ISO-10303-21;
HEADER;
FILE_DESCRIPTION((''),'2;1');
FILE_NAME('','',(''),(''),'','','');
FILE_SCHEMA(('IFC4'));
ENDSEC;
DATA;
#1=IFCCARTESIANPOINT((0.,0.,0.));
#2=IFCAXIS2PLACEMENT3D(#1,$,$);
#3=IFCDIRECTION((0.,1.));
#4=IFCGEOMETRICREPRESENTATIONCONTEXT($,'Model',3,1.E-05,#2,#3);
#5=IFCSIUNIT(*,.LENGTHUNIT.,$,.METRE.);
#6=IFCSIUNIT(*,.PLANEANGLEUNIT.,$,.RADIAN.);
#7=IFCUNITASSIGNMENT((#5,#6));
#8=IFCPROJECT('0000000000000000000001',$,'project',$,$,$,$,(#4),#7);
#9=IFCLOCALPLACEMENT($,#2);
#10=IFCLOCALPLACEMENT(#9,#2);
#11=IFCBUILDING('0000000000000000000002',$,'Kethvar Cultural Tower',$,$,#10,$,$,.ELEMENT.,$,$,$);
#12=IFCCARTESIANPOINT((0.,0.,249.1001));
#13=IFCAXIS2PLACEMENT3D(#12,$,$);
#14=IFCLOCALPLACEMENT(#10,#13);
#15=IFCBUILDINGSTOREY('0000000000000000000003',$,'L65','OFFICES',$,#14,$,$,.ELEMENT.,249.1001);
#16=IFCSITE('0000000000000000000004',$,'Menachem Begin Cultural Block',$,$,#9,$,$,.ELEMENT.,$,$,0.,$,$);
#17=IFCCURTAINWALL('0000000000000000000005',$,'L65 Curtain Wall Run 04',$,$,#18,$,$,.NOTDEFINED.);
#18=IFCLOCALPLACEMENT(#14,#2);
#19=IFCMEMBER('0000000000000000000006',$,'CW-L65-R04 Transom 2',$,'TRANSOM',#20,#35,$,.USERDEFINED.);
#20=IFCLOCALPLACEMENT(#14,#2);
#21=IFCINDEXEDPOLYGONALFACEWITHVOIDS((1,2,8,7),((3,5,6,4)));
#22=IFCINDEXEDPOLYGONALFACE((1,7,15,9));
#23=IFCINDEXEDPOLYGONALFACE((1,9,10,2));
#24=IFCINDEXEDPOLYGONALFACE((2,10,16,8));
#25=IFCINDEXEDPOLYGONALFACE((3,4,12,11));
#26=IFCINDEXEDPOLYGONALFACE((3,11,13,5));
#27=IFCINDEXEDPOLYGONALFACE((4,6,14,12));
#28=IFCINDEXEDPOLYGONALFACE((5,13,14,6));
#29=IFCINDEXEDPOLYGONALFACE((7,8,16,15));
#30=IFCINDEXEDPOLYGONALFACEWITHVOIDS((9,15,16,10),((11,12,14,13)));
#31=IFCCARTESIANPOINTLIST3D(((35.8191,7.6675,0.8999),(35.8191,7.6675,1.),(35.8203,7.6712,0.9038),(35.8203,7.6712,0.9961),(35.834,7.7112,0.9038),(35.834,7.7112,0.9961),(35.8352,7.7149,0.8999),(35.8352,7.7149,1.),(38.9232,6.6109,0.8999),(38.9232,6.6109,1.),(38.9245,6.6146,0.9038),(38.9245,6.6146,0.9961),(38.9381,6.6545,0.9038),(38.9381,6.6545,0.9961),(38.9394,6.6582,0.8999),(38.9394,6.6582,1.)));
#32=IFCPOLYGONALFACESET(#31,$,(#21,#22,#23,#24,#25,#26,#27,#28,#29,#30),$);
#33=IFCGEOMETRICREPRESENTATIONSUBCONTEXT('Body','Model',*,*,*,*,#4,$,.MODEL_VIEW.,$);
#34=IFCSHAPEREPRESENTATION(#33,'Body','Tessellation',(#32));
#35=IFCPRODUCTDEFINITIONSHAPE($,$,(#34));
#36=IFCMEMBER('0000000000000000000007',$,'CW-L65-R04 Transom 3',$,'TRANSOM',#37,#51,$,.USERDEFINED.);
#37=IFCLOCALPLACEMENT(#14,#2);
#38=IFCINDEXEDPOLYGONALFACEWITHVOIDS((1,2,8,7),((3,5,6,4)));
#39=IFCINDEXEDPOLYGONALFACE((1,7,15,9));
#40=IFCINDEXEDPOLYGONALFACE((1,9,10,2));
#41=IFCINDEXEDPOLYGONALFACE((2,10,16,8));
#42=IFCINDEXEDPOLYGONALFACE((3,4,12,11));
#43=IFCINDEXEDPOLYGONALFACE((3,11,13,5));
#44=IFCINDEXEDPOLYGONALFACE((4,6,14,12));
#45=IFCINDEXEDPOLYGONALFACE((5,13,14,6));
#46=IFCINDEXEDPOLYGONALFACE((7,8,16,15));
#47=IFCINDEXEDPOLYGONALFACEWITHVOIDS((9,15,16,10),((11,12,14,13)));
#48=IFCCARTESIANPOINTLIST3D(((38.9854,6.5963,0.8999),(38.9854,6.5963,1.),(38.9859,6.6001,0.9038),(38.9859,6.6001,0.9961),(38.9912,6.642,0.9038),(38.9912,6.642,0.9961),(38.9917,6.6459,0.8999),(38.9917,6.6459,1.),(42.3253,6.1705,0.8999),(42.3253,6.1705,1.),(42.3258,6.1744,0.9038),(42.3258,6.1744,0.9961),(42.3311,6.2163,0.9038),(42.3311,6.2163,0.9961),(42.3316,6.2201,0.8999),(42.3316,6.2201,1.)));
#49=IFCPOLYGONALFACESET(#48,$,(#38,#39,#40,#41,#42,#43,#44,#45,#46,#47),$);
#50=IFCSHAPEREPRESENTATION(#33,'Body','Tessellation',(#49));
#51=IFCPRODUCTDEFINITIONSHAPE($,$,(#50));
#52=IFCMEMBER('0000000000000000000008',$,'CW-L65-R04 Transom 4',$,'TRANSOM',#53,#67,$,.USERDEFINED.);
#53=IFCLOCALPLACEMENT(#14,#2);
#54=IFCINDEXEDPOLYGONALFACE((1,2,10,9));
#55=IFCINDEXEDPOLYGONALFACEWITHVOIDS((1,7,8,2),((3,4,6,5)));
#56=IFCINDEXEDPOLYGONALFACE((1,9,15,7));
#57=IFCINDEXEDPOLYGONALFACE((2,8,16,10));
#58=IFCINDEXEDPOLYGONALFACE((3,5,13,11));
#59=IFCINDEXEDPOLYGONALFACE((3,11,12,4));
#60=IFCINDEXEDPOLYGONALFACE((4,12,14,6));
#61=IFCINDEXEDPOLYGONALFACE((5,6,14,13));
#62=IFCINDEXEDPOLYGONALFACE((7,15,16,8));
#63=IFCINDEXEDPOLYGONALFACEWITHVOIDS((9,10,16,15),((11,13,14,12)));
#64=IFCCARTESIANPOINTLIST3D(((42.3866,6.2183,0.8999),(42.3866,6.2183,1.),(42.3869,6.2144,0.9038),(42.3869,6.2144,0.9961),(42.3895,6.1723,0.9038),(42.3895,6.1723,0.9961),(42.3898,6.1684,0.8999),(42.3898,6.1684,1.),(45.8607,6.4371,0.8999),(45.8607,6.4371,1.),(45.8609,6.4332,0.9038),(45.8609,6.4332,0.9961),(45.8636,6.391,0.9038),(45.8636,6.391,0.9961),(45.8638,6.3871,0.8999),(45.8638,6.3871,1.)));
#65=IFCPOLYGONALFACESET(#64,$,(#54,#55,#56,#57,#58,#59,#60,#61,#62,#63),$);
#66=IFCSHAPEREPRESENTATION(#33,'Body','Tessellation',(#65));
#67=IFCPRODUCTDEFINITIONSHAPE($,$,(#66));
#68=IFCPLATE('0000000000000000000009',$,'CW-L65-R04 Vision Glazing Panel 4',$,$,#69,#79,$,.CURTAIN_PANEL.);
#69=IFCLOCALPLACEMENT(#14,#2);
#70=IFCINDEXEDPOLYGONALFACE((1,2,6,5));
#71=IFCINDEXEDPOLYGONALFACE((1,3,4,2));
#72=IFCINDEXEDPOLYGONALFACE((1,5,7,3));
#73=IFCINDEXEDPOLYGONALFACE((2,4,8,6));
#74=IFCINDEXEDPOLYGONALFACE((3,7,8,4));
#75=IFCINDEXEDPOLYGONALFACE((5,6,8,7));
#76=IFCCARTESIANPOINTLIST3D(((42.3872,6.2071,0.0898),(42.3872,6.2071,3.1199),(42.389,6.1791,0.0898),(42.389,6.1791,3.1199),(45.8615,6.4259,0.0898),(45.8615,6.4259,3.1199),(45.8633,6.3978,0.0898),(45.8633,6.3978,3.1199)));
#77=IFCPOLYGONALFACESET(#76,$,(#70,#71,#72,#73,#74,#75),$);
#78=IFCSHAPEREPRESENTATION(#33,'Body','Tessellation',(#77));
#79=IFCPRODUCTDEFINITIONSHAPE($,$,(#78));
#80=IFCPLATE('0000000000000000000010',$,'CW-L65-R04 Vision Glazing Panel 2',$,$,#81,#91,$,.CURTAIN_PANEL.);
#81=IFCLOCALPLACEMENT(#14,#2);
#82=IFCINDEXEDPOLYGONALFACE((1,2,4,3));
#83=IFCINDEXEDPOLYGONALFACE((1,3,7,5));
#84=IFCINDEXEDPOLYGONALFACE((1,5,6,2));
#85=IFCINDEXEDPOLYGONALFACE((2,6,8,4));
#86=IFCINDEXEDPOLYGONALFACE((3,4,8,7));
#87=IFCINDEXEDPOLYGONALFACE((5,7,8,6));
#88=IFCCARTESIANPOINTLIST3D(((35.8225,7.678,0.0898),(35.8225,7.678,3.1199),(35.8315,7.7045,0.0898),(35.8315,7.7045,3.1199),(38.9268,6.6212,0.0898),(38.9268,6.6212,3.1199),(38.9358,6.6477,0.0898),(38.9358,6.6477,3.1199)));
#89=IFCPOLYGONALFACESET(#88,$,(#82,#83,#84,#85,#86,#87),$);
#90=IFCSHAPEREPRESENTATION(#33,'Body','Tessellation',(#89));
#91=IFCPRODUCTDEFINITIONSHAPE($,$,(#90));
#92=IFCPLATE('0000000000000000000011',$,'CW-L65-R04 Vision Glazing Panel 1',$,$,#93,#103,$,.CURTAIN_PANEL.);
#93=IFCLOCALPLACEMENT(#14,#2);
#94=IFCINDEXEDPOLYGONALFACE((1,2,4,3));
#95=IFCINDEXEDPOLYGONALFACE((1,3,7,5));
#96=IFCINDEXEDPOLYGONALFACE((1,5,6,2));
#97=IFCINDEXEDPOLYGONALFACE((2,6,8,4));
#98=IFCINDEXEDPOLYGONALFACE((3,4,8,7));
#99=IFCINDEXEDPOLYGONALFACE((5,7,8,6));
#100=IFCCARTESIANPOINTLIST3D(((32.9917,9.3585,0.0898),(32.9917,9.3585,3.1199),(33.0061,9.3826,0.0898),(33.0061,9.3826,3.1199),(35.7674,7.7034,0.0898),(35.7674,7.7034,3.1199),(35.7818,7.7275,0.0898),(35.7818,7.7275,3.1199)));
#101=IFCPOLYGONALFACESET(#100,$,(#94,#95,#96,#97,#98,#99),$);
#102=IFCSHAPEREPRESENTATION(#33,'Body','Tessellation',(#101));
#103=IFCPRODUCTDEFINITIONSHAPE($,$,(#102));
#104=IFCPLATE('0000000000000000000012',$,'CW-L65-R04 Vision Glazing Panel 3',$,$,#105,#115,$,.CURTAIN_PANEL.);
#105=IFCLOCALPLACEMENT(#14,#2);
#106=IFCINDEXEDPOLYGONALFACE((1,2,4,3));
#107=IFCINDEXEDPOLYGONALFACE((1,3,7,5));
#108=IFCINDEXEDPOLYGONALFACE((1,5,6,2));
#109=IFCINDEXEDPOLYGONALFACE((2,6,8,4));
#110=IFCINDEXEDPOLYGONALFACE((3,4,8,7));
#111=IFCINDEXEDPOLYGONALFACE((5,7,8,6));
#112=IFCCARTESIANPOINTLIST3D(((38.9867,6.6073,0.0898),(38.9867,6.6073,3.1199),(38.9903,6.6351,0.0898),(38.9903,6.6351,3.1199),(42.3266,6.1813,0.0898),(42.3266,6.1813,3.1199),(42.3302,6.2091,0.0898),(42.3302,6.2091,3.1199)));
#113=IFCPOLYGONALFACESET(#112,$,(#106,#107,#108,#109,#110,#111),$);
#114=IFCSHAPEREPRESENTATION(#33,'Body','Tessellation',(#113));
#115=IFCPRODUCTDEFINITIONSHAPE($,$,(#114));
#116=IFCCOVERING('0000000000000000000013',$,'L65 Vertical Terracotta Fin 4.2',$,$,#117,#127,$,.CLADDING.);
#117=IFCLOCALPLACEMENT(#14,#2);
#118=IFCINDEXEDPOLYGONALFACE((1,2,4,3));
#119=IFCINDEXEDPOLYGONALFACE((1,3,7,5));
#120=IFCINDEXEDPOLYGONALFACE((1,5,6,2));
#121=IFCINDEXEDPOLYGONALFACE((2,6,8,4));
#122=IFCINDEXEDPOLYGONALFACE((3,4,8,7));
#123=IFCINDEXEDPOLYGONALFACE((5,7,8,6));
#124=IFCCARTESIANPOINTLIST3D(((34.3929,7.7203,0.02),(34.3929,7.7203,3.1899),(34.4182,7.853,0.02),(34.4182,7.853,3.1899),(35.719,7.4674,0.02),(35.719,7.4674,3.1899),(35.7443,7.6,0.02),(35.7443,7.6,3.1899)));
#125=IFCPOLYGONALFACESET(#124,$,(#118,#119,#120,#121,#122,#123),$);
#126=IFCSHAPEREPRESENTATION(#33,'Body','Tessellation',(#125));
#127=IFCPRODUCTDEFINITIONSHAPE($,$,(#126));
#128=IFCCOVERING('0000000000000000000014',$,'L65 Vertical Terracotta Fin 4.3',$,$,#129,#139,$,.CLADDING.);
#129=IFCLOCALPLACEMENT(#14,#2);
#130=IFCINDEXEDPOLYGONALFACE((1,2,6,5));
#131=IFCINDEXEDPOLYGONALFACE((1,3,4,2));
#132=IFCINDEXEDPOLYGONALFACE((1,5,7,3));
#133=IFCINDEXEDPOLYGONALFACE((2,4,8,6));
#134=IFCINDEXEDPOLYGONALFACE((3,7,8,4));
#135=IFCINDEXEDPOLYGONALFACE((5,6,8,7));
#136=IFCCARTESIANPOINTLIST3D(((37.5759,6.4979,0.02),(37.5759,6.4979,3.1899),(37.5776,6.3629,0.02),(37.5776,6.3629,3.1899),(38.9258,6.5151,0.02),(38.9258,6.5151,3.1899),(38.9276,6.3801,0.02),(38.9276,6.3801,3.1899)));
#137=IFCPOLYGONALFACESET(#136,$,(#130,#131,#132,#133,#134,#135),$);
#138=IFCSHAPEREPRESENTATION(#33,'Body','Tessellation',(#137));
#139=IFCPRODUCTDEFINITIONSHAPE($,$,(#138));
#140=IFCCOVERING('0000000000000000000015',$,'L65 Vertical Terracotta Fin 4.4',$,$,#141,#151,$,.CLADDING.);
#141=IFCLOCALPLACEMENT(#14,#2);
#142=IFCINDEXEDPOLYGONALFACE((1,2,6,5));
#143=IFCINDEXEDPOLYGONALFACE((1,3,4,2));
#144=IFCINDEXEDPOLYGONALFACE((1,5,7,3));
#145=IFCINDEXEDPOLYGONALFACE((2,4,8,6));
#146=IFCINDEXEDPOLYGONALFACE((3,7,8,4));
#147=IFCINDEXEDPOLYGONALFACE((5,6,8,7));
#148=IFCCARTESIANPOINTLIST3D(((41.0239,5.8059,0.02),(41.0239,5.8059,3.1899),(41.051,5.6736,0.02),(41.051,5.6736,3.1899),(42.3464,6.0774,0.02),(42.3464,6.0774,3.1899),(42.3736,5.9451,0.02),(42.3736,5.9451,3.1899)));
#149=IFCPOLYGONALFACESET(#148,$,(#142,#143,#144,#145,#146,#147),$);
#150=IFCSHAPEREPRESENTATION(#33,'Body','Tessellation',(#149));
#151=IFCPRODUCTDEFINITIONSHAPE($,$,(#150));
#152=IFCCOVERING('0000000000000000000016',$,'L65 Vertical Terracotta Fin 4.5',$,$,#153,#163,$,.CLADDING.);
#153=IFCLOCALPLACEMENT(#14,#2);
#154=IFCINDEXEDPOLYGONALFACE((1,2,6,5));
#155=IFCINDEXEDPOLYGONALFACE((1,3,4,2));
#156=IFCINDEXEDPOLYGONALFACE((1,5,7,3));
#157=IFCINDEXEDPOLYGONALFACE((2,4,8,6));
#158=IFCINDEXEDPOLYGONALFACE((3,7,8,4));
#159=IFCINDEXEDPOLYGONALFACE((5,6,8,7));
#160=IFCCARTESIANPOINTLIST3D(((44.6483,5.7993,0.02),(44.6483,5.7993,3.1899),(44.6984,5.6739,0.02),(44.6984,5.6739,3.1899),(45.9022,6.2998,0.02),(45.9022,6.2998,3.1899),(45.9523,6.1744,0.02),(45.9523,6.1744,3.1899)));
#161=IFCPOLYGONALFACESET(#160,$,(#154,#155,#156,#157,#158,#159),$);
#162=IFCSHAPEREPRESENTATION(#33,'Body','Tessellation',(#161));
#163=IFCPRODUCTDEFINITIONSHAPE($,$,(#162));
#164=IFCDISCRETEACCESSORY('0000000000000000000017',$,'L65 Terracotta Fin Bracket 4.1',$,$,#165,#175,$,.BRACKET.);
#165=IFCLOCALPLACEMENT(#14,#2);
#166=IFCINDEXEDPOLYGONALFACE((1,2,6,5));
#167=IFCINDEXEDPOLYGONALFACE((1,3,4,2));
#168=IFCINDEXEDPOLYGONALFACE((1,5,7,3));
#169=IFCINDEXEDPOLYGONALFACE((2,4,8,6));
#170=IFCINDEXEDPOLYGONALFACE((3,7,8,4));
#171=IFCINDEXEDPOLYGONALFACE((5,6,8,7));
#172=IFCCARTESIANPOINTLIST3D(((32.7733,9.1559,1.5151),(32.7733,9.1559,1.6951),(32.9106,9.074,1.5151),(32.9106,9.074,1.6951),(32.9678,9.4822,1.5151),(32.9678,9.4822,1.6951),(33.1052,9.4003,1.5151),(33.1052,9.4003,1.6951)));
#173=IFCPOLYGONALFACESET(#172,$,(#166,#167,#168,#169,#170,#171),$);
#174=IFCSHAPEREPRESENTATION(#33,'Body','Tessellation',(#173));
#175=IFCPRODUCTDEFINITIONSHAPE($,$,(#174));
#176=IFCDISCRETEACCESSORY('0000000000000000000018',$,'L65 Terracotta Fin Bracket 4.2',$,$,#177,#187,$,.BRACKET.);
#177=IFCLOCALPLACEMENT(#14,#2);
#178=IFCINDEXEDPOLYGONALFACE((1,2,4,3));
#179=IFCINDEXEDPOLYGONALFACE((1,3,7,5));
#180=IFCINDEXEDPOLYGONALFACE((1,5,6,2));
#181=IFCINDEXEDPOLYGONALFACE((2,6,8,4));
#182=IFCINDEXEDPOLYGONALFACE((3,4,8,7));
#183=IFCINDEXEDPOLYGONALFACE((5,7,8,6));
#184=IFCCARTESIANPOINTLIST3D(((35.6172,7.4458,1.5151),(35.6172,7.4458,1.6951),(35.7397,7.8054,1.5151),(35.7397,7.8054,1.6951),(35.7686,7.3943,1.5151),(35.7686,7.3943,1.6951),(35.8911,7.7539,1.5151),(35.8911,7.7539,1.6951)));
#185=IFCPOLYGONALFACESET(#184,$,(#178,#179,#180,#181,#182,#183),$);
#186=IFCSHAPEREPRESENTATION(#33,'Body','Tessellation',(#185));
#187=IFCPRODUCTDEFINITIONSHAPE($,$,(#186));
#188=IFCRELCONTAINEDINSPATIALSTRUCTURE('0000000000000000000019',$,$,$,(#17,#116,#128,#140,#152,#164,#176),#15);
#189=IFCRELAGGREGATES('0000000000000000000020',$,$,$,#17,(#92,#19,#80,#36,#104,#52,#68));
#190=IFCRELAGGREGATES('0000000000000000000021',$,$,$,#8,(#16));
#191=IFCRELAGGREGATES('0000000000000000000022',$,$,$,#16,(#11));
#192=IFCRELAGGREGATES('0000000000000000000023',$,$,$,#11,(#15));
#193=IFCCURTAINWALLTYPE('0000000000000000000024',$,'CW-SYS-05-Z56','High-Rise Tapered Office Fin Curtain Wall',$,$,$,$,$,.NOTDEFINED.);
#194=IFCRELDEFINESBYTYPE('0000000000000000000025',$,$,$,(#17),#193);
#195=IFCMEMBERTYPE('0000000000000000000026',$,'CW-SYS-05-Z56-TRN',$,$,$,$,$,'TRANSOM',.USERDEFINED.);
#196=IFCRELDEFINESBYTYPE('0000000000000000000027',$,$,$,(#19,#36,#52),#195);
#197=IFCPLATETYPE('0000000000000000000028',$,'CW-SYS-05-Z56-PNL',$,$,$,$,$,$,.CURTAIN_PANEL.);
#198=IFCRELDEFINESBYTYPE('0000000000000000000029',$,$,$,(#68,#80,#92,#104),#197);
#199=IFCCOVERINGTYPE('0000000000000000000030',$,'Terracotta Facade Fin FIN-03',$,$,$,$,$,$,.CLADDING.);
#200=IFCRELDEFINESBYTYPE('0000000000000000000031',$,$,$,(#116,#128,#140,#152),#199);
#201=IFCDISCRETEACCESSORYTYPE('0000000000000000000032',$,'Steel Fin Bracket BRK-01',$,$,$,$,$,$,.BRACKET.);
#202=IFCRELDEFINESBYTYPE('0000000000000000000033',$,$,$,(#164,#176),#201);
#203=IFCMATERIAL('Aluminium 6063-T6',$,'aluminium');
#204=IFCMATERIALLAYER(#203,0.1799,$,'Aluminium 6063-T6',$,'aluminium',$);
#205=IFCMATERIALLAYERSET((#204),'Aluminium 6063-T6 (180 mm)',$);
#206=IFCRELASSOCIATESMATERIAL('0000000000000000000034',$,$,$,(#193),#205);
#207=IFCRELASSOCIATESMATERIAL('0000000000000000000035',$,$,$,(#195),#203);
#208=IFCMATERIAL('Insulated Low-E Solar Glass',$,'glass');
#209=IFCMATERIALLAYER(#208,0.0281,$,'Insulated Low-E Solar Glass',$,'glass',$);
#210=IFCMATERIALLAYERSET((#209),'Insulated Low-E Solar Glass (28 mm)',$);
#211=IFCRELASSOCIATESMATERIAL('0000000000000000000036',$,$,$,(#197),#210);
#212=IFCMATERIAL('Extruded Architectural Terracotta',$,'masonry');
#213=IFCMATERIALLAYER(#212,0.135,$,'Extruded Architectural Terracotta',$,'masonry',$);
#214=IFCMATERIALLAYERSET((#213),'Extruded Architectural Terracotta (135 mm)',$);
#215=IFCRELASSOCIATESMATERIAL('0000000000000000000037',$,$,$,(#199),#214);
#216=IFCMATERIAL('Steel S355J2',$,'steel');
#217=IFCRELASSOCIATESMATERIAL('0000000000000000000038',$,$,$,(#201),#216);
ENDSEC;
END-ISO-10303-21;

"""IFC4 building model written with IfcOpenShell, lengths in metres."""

from ifc_helpers import new_model, si_unit, direction, frame, origin, origin_2d, place, context, subcontext, project, spatial, rectangle, hollow_rectangle, extrude, source, transform, mapped, material, layer, layer_set, material_profile, profile_set, type_object, element, aggregate, save


model = new_model("IFC4")

# Units and contexts
model_context = context("Model", 3, precision=1e-05, world=origin(), true_north=direction((0.0, 1.0)))
body_context = subcontext(model_context, "Body", "Model", "MODEL_VIEW")
ifc_project = project(units=[si_unit("LENGTHUNIT", "METRE"), si_unit("PLANEANGLEUNIT", "RADIAN")], contexts=[model_context])

# Site, building, storey
site_placement = place(None, origin())
site = spatial("IfcSite", under=ifc_project, at=site_placement, Name="Menachem Begin Cultural Block", CompositionType="ELEMENT", RefElevation=0.0)
building_placement = place(site_placement, origin())
building = spatial("IfcBuilding", under=site, at=building_placement, Name="Kethvar Cultural Tower", CompositionType="ELEMENT")
storey_placement = place(building_placement, frame((0.0, 0.0, 249.1001)))
storey = spatial("IfcBuildingStorey", under=building, at=storey_placement, Name="L65", Description="OFFICES", CompositionType="ELEMENT", Elevation=249.1001)

# Shared definitions
ifc_material_1 = material(Name="Steel S355J2", Category="steel")

# Shared definitions
ifc_material_2 = material(Name="Aluminium 6063-T6", Category="aluminium")
ifc_layer_1 = layer(ifc_material_2, 0.1799, Name="Aluminium 6063-T6", Category="aluminium")
ifc_layer_set_1 = layer_set([ifc_layer_1], Name="Aluminium 6063-T6 (180 mm)")
curtain_wall_type = type_object("IfcCurtainWallType", Name="CW-SYS-05-Z56", Description="High-Rise Tapered Office Fin Curtain Wall", PredefinedType="NOTDEFINED", material=ifc_layer_set_1)

# Curtain wall, members, plates
curtain_wall_1_placement = place(storey_placement, origin())
curtain_wall_1 = element("IfcCurtainWall", 1, at=curtain_wall_1_placement, inside=storey, type_object=curtain_wall_type, Name="L65 Curtain Wall Run 04", PredefinedType="NOTDEFINED")
ifc_material_profile_1 = material_profile(ifc_material_2, hollow_rectangle(XDim=0.05, YDim=0.1001, WallThickness=0.0039, at=origin_2d()), Name="Aluminium 6063-T6 — RHS100x50x4")
ifc_profile_set_1 = profile_set([ifc_material_profile_1], Name="Aluminium 6063-T6 — RHS100x50x4")
member_type_1 = type_object("IfcMemberType", Name="CW-SYS-05-Z56-TRN", ElementType="TRANSOM", PredefinedType="USERDEFINED", material=ifc_profile_set_1)
shared_shape_1 = source(origin(), body_context, "Body", "SweptSolid", [
    extrude(hollow_rectangle(XDim=0.05, YDim=0.1001, WallThickness=0.0039, at=origin_2d()), origin(), (0.0, 0.0, 1.0), 3.2791),
])
member_1_placement = place(storey_placement, frame((35.8271, 7.6912, 0.95), z_axis=(0.946662, -0.32223, 0.0), x_axis=(0.32223, 0.946662, 0.0)))
member_1 = element("IfcMember", 2, at=member_1_placement, type_object=member_type_1, Name="CW-L65-R04 Transom 2", ObjectType="TRANSOM", PredefinedType="USERDEFINED", context=body_context, shape_type="MappedRepresentation", body=[
    mapped(shared_shape_1, transform((0.0, 0.0, 0.0), scale=1.0)),
])
shared_shape_2 = source(origin(), body_context, "Body", "SweptSolid", [
    extrude(hollow_rectangle(XDim=0.05, YDim=0.1001, WallThickness=0.0039, at=origin_2d()), origin(), (0.0, 0.0, 1.0), 3.3669),
])
member_2_placement = place(storey_placement, frame((38.9885, 6.6211, 0.95), z_axis=(0.991971, -0.126462, 0.0), x_axis=(0.126462, 0.991971, 0.0)))
member_2 = element("IfcMember", 3, at=member_2_placement, type_object=member_type_1, Name="CW-L65-R04 Transom 3", ObjectType="TRANSOM", PredefinedType="USERDEFINED", context=body_context, shape_type="MappedRepresentation", body=[
    mapped(shared_shape_2, transform((0.0, 0.0, 0.0), scale=1.0)),
])
shared_shape_3 = source(origin(), body_context, "Body", "SweptSolid", [
    extrude(hollow_rectangle(XDim=0.05, YDim=0.1001, WallThickness=0.0039, at=origin_2d()), origin(), (0.0, 0.0, 1.0), 3.481),
])
member_3_placement = place(storey_placement, frame((42.3882, 6.1934, 0.95), z_axis=(0.998024, 0.062841, 0.0), x_axis=(-0.062841, 0.998024, 0.0)))
member_3 = element("IfcMember", 4, at=member_3_placement, type_object=member_type_1, Name="CW-L65-R04 Transom 4", ObjectType="TRANSOM", PredefinedType="USERDEFINED", context=body_context, shape_type="MappedRepresentation", body=[
    mapped(shared_shape_3, transform((0.0, 0.0, 0.0), scale=1.0)),
])
ifc_material_3 = material(Name="Insulated Low-E Solar Glass", Category="glass")
ifc_layer_2 = layer(ifc_material_3, 0.0281, Name="Insulated Low-E Solar Glass", Category="glass")
ifc_layer_set_2 = layer_set([ifc_layer_2], Name="Insulated Low-E Solar Glass (28 mm)")
plate_type = type_object("IfcPlateType", Name="CW-SYS-05-Z56-PNL", PredefinedType="CURTAIN_PANEL", material=ifc_layer_set_2)
shared_shape_4 = source(origin(), body_context, "Body", "SweptSolid", [
    extrude(rectangle(XDim=3.4812, YDim=0.0281, at=origin_2d()), origin(), (0.0, 0.0, 1.0), 3.03),
])
plate_1_placement = place(storey_placement, frame((44.1252, 6.3025, 0.0898), z_axis=(0.0, 0.0, 1.0), x_axis=(0.998025, 0.062825, 0.0)))
plate_1 = element("IfcPlate", 5, at=plate_1_placement, type_object=plate_type, Name="CW-L65-R04 Vision Glazing Panel 4", PredefinedType="CURTAIN_PANEL", context=body_context, shape_type="MappedRepresentation", body=[
    mapped(shared_shape_4, transform((0.0, 0.0, 0.0), scale=1.0)),
])
shared_shape_5 = source(origin(), body_context, "Body", "SweptSolid", [
    extrude(rectangle(XDim=3.2793, YDim=0.0281, at=origin_2d()), origin(), (0.0, 0.0, 1.0), 3.03),
])
plate_2_placement = place(storey_placement, frame((37.3792, 7.1628, 0.0898), z_axis=(0.0, 0.0, 1.0), x_axis=(0.946649, -0.322266, 0.0)))
plate_2 = element("IfcPlate", 6, at=plate_2_placement, type_object=plate_type, Name="CW-L65-R04 Vision Glazing Panel 2", PredefinedType="CURTAIN_PANEL", context=body_context, shape_type="MappedRepresentation", body=[
    mapped(shared_shape_5, transform((0.0, 0.0, 0.0), scale=1.0)),
])
shared_shape_6 = source(origin(), body_context, "Body", "SweptSolid", [
    extrude(rectangle(XDim=3.2317, YDim=0.0281, at=origin_2d()), origin(), (0.0, 0.0, 1.0), 3.03),
])
plate_3_placement = place(storey_placement, frame((34.3867, 8.543, 0.0898), z_axis=(0.0, 0.0, 1.0), x_axis=(0.858897, -0.512148, 0.0)))
plate_3 = element("IfcPlate", 7, at=plate_3_placement, type_object=plate_type, Name="CW-L65-R04 Vision Glazing Panel 1", PredefinedType="CURTAIN_PANEL", context=body_context, shape_type="MappedRepresentation", body=[
    mapped(shared_shape_6, transform((0.0, 0.0, 0.0), scale=1.0)),
])
shared_shape_7 = source(origin(), body_context, "Body", "SweptSolid", [
    extrude(rectangle(XDim=3.3669, YDim=0.0281, at=origin_2d()), origin(), (0.0, 0.0, 1.0), 3.03),
])
plate_4_placement = place(storey_placement, frame((40.6584, 6.4082, 0.0898), z_axis=(0.0, 0.0, 1.0), x_axis=(0.991963, -0.126528, 0.0)))
plate_4 = element("IfcPlate", 8, at=plate_4_placement, type_object=plate_type, Name="CW-L65-R04 Vision Glazing Panel 3", PredefinedType="CURTAIN_PANEL", context=body_context, shape_type="MappedRepresentation", body=[
    mapped(shared_shape_7, transform((0.0, 0.0, 0.0), scale=1.0)),
])
aggregate(curtain_wall_1, [plate_3, member_1, plate_2, member_2, plate_4, member_3, plate_1])

# Coverings
ifc_material_4 = material(Name="Extruded Architectural Terracotta", Category="masonry")
ifc_layer_3 = layer(ifc_material_4, 0.135, Name="Extruded Architectural Terracotta", Category="masonry")
ifc_layer_set_3 = layer_set([ifc_layer_3], Name="Extruded Architectural Terracotta (135 mm)")
covering_type = type_object("IfcCoveringType", Name="Terracotta Facade Fin FIN-03", PredefinedType="CLADDING", material=ifc_layer_set_3)
shared_shape_8 = source(origin(), body_context, "Body", "SweptSolid", [
    extrude(rectangle(XDim=1.3501, YDim=0.135, at=origin_2d()), origin(), (0.0, 0.0, 1.0), 3.1699),
])
for number, where, z_axis, x_axis, name in (
    (9, (35.0686, 7.6602, 0.02), (0.0, 0.0, 1.0), (-0.982287, 0.187381, 0.0), "L65 Vertical Terracotta Fin 4.2"),
    (10, (38.2517, 6.439, 0.02), (0.0, 0.0, 1.0), (-0.999919, -0.012741, 0.0), "L65 Vertical Terracotta Fin 4.3"),
    (11, (41.6987, 5.8755, 0.02), (0.0, 0.0, 1.0), (-0.979575, -0.201078, 0.0), "L65 Vertical Terracotta Fin 4.4"),
    (12, (45.3003, 5.9868, 0.02), (0.0, 0.0, 1.0), (-0.928745, -0.37072, 0.0), "L65 Vertical Terracotta Fin 4.5"),
):
    element("IfcCovering", number, at=place(storey_placement, frame(where, z_axis=z_axis, x_axis=x_axis)), inside=storey, type_object=covering_type, Name=name, PredefinedType="CLADDING", context=body_context, shape_type="MappedRepresentation", body=[
        mapped(shared_shape_8, transform((0.0, 0.0, 0.0), scale=1.0)),
    ])

# Discrete accessories
discrete_accessory_type = type_object("IfcDiscreteAccessoryType", Name="Steel Fin Bracket BRK-01", PredefinedType="BRACKET", material=ifc_material_1)
shared_shape_9 = source(origin(), body_context, "Body", "SweptSolid", [
    extrude(rectangle(XDim=0.3799, YDim=0.1599, at=origin_2d()), origin(), (0.0, 0.0, 1.0), 0.1799),
])
for number, where, z_axis, x_axis, name in (
    (13, (32.9392, 9.2781, 1.5151), (0.0, 0.0, 1.0), (-0.512193, -0.858871, 0.0), "L65 Terracotta Fin Bracket 4.1"),
    (14, (35.7542, 7.5999, 1.5151), (0.0, 0.0, 1.0), (-0.322266, -0.946649, 0.0), "L65 Terracotta Fin Bracket 4.2"),
):
    element("IfcDiscreteAccessory", number, at=place(storey_placement, frame(where, z_axis=z_axis, x_axis=x_axis)), inside=storey, type_object=discrete_accessory_type, Name=name, PredefinedType="BRACKET", context=body_context, shape_type="MappedRepresentation", body=[
        mapped(shared_shape_9, transform((0.0, 0.0, 0.0), scale=1.0)),
    ])

save(model, "model.ifc")
